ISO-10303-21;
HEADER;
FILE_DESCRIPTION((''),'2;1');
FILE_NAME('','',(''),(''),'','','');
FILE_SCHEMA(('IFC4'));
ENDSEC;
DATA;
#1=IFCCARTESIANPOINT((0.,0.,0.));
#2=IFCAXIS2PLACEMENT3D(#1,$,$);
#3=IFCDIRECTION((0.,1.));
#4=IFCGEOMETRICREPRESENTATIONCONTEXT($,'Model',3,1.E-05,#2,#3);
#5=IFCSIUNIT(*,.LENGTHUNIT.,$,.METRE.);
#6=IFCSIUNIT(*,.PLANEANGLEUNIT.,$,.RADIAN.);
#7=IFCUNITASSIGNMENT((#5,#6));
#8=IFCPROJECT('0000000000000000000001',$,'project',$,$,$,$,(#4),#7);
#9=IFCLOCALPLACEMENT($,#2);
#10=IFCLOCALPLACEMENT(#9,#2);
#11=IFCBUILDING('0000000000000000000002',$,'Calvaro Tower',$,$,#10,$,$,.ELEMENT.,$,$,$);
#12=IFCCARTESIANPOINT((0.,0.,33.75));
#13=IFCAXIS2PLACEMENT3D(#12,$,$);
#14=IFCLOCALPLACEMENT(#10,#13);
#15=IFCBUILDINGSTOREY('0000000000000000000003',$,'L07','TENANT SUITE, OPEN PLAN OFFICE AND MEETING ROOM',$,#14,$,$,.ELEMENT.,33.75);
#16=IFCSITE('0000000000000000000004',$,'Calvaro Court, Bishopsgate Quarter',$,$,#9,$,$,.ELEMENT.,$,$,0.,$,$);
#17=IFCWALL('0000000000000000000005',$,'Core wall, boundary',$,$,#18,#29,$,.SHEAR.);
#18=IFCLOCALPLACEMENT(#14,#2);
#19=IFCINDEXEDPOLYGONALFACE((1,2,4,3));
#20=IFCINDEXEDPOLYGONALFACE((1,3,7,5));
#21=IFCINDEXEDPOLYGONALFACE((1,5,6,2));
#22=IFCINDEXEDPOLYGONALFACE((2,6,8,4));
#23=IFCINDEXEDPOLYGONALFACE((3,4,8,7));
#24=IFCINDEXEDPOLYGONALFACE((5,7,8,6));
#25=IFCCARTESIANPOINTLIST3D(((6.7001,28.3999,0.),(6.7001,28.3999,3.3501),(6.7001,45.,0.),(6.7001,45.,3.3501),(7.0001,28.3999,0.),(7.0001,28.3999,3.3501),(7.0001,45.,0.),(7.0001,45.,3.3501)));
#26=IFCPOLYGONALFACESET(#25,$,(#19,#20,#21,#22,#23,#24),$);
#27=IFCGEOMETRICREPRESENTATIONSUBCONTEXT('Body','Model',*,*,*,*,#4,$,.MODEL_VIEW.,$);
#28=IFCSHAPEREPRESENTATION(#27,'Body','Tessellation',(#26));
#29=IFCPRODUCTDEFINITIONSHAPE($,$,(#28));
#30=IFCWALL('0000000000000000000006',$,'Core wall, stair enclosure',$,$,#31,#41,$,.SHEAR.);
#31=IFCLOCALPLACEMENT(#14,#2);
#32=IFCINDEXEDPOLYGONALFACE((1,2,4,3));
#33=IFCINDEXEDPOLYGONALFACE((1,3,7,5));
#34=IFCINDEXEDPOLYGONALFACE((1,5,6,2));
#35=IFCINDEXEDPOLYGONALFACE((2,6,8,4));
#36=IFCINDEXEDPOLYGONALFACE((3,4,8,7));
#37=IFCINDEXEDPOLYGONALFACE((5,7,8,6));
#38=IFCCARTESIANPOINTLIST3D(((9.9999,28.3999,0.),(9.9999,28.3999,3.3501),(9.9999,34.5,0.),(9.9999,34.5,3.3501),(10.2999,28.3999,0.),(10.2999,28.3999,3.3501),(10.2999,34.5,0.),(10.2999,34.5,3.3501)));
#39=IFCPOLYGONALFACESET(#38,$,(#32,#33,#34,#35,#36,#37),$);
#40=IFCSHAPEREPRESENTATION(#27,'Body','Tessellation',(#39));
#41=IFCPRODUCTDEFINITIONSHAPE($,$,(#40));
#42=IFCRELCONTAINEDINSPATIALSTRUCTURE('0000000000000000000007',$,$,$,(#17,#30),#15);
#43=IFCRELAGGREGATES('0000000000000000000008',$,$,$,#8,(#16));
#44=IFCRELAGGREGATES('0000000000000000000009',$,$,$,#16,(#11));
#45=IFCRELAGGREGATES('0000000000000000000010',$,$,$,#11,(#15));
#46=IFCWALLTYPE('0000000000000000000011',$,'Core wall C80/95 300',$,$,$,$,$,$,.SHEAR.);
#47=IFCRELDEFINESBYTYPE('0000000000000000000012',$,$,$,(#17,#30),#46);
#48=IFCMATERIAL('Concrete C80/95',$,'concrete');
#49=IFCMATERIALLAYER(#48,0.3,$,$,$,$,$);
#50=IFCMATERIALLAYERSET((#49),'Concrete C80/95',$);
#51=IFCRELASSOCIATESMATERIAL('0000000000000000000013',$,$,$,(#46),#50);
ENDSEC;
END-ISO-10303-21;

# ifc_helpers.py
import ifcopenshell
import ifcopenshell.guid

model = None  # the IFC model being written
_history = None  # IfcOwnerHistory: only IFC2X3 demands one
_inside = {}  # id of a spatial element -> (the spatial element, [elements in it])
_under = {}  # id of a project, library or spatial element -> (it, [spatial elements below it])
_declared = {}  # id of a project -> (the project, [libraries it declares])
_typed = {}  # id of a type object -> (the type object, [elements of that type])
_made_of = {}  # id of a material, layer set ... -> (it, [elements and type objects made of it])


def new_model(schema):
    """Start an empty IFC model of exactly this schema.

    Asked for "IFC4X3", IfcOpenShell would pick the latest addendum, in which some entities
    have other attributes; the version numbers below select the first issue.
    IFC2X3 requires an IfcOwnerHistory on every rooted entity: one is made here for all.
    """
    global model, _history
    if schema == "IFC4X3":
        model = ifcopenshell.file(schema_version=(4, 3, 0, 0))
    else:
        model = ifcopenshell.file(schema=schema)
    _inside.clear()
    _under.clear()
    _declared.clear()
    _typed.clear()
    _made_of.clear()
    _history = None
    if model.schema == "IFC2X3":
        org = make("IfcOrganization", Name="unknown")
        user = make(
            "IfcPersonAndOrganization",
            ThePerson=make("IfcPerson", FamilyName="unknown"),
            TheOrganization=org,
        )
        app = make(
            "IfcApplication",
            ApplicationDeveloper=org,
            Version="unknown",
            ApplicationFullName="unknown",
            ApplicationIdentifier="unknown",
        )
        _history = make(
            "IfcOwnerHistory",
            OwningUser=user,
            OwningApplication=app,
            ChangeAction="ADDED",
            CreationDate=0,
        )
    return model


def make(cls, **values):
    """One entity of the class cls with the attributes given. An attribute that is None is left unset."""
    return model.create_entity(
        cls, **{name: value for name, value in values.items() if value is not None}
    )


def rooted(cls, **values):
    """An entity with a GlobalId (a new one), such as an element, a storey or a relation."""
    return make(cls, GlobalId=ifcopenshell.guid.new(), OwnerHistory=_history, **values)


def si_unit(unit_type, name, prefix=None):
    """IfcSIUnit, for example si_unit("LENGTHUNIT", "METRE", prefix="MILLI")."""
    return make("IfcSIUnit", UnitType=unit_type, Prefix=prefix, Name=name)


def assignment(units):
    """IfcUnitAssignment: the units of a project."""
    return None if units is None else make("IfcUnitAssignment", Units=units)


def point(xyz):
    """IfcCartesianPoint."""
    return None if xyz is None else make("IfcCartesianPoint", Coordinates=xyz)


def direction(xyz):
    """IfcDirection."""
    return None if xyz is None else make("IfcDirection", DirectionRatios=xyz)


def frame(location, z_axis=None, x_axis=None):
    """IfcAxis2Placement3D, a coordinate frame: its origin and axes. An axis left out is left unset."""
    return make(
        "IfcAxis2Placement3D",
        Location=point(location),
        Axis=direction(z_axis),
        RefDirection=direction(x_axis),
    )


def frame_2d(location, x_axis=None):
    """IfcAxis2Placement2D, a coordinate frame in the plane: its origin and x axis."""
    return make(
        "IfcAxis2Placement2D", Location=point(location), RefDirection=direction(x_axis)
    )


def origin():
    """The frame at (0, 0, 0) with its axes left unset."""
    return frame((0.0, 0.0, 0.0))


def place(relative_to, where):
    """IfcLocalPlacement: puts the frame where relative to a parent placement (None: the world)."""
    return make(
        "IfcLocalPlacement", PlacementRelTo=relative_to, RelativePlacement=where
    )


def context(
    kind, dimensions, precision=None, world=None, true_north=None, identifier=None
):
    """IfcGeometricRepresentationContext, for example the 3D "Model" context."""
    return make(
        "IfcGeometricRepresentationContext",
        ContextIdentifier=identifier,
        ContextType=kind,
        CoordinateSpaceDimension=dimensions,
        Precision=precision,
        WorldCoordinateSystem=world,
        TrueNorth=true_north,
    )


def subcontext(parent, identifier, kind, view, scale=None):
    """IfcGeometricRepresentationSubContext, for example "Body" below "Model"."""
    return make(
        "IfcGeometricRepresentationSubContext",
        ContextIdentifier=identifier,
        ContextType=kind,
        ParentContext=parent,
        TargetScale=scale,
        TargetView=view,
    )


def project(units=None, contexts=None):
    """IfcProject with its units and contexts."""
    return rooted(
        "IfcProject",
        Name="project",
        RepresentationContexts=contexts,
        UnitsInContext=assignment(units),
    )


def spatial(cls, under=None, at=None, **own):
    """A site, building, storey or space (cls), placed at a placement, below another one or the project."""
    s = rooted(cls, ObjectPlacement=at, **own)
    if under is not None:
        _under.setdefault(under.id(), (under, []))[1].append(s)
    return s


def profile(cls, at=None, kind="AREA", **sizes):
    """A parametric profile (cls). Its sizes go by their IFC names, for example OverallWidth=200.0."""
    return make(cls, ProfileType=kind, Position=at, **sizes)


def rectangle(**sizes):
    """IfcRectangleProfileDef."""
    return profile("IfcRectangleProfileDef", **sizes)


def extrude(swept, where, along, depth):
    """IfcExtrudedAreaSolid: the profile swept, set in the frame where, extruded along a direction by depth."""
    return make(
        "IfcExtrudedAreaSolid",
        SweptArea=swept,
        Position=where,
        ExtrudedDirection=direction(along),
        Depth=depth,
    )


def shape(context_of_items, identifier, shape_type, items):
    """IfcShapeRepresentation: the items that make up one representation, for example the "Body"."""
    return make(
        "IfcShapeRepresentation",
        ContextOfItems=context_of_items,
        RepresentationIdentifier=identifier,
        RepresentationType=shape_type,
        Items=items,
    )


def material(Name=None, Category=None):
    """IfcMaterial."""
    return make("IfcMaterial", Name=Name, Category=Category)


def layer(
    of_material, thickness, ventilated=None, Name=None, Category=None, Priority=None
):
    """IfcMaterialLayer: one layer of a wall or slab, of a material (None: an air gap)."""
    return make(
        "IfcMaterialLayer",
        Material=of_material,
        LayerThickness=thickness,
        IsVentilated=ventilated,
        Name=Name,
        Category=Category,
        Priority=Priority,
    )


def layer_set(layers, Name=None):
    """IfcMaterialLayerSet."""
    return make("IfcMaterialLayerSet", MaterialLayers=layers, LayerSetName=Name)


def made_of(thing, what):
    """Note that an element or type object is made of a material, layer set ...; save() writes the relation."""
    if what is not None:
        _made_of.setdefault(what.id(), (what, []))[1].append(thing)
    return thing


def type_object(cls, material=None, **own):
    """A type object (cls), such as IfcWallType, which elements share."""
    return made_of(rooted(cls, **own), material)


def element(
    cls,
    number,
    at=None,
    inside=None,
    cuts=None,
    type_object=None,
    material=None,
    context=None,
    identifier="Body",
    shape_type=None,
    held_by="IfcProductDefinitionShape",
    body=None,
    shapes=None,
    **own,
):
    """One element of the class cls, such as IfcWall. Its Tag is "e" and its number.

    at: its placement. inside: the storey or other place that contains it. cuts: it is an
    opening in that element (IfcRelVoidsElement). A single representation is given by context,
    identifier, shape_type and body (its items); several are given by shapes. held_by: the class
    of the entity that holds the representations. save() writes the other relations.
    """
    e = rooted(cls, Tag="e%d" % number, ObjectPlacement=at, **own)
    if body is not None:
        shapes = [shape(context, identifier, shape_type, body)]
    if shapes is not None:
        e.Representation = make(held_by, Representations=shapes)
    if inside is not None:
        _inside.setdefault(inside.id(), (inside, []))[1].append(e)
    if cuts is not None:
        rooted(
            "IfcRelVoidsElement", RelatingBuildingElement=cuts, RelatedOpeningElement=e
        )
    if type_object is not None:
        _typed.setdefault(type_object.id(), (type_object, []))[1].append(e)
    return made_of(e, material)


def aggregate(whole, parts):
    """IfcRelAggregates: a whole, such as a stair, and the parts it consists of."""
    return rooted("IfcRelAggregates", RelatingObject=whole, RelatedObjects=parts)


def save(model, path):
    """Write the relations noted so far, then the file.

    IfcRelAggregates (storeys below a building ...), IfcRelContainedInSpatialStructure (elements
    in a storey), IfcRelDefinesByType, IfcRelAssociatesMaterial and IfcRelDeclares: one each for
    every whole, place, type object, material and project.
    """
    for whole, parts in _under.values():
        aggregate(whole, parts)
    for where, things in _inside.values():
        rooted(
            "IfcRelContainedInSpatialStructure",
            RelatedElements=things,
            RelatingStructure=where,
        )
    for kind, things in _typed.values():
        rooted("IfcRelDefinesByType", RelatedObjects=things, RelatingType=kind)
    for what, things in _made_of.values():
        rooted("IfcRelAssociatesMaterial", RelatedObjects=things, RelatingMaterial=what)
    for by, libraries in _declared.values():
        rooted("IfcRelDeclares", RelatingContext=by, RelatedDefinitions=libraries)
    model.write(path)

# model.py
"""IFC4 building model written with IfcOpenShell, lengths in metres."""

from ifc_helpers import new_model, si_unit, direction, frame, frame_2d, origin, place, context, subcontext, project, spatial, rectangle, extrude, material, layer, layer_set, type_object, element, save


model = new_model("IFC4")

# Units and contexts
model_context = context("Model", 3, precision=1e-05, world=origin(), true_north=direction((0.0, 1.0)))
body_context = subcontext(model_context, "Body", "Model", "MODEL_VIEW")
ifc_project = project(units=[si_unit("LENGTHUNIT", "METRE"), si_unit("PLANEANGLEUNIT", "RADIAN")], contexts=[model_context])

# Site, building, storey
site_placement = place(None, origin())
site = spatial("IfcSite", under=ifc_project, at=site_placement, Name="Calvaro Court, Bishopsgate Quarter", CompositionType="ELEMENT", RefElevation=0.0)
building_placement = place(site_placement, origin())
building = spatial("IfcBuilding", under=site, at=building_placement, Name="Calvaro Tower", CompositionType="ELEMENT")
storey_placement = place(building_placement, frame((0.0, 0.0, 33.75)))
storey = spatial("IfcBuildingStorey", under=building, at=storey_placement, Name="L07", Description="TENANT SUITE, OPEN PLAN OFFICE AND MEETING ROOM", CompositionType="ELEMENT", Elevation=33.75)

# Walls
ifc_material_1 = material(Name="Concrete C80/95", Category="concrete")
ifc_layer_1 = layer(ifc_material_1, 0.3)
ifc_layer_set_1 = layer_set([ifc_layer_1], Name="Concrete C80/95")
wall_type_1 = type_object("IfcWallType", Name="Core wall C80/95 300", PredefinedType="SHEAR", material=ifc_layer_set_1)
wall_1_placement = place(storey_placement, frame((6.8501, 28.3999, 0.0), z_axis=(0.0, 0.0, 1.0), x_axis=(0.0, 1.0, 0.0)))
element("IfcWall", 1, at=wall_1_placement, inside=storey, type_object=wall_type_1, Name="Core wall, boundary", PredefinedType="SHEAR", context=body_context, shape_type="SweptSolid", body=[
    extrude(rectangle(XDim=16.6001, YDim=0.3, at=frame_2d((8.3, 0.0))), origin(), (0.0, 0.0, 1.0), 3.3501),
])
wall_2_placement = place(storey_placement, frame((10.1499, 28.3999, 0.0), z_axis=(0.0, 0.0, 1.0), x_axis=(0.0, 1.0, 0.0)))
element("IfcWall", 2, at=wall_2_placement, inside=storey, type_object=wall_type_1, Name="Core wall, stair enclosure", PredefinedType="SHEAR", context=body_context, shape_type="SweptSolid", body=[
    extrude(rectangle(XDim=6.1001, YDim=0.3, at=frame_2d((3.05, 0.0))), origin(), (0.0, 0.0, 1.0), 3.3501),
])

save(model, "model.ifc")
